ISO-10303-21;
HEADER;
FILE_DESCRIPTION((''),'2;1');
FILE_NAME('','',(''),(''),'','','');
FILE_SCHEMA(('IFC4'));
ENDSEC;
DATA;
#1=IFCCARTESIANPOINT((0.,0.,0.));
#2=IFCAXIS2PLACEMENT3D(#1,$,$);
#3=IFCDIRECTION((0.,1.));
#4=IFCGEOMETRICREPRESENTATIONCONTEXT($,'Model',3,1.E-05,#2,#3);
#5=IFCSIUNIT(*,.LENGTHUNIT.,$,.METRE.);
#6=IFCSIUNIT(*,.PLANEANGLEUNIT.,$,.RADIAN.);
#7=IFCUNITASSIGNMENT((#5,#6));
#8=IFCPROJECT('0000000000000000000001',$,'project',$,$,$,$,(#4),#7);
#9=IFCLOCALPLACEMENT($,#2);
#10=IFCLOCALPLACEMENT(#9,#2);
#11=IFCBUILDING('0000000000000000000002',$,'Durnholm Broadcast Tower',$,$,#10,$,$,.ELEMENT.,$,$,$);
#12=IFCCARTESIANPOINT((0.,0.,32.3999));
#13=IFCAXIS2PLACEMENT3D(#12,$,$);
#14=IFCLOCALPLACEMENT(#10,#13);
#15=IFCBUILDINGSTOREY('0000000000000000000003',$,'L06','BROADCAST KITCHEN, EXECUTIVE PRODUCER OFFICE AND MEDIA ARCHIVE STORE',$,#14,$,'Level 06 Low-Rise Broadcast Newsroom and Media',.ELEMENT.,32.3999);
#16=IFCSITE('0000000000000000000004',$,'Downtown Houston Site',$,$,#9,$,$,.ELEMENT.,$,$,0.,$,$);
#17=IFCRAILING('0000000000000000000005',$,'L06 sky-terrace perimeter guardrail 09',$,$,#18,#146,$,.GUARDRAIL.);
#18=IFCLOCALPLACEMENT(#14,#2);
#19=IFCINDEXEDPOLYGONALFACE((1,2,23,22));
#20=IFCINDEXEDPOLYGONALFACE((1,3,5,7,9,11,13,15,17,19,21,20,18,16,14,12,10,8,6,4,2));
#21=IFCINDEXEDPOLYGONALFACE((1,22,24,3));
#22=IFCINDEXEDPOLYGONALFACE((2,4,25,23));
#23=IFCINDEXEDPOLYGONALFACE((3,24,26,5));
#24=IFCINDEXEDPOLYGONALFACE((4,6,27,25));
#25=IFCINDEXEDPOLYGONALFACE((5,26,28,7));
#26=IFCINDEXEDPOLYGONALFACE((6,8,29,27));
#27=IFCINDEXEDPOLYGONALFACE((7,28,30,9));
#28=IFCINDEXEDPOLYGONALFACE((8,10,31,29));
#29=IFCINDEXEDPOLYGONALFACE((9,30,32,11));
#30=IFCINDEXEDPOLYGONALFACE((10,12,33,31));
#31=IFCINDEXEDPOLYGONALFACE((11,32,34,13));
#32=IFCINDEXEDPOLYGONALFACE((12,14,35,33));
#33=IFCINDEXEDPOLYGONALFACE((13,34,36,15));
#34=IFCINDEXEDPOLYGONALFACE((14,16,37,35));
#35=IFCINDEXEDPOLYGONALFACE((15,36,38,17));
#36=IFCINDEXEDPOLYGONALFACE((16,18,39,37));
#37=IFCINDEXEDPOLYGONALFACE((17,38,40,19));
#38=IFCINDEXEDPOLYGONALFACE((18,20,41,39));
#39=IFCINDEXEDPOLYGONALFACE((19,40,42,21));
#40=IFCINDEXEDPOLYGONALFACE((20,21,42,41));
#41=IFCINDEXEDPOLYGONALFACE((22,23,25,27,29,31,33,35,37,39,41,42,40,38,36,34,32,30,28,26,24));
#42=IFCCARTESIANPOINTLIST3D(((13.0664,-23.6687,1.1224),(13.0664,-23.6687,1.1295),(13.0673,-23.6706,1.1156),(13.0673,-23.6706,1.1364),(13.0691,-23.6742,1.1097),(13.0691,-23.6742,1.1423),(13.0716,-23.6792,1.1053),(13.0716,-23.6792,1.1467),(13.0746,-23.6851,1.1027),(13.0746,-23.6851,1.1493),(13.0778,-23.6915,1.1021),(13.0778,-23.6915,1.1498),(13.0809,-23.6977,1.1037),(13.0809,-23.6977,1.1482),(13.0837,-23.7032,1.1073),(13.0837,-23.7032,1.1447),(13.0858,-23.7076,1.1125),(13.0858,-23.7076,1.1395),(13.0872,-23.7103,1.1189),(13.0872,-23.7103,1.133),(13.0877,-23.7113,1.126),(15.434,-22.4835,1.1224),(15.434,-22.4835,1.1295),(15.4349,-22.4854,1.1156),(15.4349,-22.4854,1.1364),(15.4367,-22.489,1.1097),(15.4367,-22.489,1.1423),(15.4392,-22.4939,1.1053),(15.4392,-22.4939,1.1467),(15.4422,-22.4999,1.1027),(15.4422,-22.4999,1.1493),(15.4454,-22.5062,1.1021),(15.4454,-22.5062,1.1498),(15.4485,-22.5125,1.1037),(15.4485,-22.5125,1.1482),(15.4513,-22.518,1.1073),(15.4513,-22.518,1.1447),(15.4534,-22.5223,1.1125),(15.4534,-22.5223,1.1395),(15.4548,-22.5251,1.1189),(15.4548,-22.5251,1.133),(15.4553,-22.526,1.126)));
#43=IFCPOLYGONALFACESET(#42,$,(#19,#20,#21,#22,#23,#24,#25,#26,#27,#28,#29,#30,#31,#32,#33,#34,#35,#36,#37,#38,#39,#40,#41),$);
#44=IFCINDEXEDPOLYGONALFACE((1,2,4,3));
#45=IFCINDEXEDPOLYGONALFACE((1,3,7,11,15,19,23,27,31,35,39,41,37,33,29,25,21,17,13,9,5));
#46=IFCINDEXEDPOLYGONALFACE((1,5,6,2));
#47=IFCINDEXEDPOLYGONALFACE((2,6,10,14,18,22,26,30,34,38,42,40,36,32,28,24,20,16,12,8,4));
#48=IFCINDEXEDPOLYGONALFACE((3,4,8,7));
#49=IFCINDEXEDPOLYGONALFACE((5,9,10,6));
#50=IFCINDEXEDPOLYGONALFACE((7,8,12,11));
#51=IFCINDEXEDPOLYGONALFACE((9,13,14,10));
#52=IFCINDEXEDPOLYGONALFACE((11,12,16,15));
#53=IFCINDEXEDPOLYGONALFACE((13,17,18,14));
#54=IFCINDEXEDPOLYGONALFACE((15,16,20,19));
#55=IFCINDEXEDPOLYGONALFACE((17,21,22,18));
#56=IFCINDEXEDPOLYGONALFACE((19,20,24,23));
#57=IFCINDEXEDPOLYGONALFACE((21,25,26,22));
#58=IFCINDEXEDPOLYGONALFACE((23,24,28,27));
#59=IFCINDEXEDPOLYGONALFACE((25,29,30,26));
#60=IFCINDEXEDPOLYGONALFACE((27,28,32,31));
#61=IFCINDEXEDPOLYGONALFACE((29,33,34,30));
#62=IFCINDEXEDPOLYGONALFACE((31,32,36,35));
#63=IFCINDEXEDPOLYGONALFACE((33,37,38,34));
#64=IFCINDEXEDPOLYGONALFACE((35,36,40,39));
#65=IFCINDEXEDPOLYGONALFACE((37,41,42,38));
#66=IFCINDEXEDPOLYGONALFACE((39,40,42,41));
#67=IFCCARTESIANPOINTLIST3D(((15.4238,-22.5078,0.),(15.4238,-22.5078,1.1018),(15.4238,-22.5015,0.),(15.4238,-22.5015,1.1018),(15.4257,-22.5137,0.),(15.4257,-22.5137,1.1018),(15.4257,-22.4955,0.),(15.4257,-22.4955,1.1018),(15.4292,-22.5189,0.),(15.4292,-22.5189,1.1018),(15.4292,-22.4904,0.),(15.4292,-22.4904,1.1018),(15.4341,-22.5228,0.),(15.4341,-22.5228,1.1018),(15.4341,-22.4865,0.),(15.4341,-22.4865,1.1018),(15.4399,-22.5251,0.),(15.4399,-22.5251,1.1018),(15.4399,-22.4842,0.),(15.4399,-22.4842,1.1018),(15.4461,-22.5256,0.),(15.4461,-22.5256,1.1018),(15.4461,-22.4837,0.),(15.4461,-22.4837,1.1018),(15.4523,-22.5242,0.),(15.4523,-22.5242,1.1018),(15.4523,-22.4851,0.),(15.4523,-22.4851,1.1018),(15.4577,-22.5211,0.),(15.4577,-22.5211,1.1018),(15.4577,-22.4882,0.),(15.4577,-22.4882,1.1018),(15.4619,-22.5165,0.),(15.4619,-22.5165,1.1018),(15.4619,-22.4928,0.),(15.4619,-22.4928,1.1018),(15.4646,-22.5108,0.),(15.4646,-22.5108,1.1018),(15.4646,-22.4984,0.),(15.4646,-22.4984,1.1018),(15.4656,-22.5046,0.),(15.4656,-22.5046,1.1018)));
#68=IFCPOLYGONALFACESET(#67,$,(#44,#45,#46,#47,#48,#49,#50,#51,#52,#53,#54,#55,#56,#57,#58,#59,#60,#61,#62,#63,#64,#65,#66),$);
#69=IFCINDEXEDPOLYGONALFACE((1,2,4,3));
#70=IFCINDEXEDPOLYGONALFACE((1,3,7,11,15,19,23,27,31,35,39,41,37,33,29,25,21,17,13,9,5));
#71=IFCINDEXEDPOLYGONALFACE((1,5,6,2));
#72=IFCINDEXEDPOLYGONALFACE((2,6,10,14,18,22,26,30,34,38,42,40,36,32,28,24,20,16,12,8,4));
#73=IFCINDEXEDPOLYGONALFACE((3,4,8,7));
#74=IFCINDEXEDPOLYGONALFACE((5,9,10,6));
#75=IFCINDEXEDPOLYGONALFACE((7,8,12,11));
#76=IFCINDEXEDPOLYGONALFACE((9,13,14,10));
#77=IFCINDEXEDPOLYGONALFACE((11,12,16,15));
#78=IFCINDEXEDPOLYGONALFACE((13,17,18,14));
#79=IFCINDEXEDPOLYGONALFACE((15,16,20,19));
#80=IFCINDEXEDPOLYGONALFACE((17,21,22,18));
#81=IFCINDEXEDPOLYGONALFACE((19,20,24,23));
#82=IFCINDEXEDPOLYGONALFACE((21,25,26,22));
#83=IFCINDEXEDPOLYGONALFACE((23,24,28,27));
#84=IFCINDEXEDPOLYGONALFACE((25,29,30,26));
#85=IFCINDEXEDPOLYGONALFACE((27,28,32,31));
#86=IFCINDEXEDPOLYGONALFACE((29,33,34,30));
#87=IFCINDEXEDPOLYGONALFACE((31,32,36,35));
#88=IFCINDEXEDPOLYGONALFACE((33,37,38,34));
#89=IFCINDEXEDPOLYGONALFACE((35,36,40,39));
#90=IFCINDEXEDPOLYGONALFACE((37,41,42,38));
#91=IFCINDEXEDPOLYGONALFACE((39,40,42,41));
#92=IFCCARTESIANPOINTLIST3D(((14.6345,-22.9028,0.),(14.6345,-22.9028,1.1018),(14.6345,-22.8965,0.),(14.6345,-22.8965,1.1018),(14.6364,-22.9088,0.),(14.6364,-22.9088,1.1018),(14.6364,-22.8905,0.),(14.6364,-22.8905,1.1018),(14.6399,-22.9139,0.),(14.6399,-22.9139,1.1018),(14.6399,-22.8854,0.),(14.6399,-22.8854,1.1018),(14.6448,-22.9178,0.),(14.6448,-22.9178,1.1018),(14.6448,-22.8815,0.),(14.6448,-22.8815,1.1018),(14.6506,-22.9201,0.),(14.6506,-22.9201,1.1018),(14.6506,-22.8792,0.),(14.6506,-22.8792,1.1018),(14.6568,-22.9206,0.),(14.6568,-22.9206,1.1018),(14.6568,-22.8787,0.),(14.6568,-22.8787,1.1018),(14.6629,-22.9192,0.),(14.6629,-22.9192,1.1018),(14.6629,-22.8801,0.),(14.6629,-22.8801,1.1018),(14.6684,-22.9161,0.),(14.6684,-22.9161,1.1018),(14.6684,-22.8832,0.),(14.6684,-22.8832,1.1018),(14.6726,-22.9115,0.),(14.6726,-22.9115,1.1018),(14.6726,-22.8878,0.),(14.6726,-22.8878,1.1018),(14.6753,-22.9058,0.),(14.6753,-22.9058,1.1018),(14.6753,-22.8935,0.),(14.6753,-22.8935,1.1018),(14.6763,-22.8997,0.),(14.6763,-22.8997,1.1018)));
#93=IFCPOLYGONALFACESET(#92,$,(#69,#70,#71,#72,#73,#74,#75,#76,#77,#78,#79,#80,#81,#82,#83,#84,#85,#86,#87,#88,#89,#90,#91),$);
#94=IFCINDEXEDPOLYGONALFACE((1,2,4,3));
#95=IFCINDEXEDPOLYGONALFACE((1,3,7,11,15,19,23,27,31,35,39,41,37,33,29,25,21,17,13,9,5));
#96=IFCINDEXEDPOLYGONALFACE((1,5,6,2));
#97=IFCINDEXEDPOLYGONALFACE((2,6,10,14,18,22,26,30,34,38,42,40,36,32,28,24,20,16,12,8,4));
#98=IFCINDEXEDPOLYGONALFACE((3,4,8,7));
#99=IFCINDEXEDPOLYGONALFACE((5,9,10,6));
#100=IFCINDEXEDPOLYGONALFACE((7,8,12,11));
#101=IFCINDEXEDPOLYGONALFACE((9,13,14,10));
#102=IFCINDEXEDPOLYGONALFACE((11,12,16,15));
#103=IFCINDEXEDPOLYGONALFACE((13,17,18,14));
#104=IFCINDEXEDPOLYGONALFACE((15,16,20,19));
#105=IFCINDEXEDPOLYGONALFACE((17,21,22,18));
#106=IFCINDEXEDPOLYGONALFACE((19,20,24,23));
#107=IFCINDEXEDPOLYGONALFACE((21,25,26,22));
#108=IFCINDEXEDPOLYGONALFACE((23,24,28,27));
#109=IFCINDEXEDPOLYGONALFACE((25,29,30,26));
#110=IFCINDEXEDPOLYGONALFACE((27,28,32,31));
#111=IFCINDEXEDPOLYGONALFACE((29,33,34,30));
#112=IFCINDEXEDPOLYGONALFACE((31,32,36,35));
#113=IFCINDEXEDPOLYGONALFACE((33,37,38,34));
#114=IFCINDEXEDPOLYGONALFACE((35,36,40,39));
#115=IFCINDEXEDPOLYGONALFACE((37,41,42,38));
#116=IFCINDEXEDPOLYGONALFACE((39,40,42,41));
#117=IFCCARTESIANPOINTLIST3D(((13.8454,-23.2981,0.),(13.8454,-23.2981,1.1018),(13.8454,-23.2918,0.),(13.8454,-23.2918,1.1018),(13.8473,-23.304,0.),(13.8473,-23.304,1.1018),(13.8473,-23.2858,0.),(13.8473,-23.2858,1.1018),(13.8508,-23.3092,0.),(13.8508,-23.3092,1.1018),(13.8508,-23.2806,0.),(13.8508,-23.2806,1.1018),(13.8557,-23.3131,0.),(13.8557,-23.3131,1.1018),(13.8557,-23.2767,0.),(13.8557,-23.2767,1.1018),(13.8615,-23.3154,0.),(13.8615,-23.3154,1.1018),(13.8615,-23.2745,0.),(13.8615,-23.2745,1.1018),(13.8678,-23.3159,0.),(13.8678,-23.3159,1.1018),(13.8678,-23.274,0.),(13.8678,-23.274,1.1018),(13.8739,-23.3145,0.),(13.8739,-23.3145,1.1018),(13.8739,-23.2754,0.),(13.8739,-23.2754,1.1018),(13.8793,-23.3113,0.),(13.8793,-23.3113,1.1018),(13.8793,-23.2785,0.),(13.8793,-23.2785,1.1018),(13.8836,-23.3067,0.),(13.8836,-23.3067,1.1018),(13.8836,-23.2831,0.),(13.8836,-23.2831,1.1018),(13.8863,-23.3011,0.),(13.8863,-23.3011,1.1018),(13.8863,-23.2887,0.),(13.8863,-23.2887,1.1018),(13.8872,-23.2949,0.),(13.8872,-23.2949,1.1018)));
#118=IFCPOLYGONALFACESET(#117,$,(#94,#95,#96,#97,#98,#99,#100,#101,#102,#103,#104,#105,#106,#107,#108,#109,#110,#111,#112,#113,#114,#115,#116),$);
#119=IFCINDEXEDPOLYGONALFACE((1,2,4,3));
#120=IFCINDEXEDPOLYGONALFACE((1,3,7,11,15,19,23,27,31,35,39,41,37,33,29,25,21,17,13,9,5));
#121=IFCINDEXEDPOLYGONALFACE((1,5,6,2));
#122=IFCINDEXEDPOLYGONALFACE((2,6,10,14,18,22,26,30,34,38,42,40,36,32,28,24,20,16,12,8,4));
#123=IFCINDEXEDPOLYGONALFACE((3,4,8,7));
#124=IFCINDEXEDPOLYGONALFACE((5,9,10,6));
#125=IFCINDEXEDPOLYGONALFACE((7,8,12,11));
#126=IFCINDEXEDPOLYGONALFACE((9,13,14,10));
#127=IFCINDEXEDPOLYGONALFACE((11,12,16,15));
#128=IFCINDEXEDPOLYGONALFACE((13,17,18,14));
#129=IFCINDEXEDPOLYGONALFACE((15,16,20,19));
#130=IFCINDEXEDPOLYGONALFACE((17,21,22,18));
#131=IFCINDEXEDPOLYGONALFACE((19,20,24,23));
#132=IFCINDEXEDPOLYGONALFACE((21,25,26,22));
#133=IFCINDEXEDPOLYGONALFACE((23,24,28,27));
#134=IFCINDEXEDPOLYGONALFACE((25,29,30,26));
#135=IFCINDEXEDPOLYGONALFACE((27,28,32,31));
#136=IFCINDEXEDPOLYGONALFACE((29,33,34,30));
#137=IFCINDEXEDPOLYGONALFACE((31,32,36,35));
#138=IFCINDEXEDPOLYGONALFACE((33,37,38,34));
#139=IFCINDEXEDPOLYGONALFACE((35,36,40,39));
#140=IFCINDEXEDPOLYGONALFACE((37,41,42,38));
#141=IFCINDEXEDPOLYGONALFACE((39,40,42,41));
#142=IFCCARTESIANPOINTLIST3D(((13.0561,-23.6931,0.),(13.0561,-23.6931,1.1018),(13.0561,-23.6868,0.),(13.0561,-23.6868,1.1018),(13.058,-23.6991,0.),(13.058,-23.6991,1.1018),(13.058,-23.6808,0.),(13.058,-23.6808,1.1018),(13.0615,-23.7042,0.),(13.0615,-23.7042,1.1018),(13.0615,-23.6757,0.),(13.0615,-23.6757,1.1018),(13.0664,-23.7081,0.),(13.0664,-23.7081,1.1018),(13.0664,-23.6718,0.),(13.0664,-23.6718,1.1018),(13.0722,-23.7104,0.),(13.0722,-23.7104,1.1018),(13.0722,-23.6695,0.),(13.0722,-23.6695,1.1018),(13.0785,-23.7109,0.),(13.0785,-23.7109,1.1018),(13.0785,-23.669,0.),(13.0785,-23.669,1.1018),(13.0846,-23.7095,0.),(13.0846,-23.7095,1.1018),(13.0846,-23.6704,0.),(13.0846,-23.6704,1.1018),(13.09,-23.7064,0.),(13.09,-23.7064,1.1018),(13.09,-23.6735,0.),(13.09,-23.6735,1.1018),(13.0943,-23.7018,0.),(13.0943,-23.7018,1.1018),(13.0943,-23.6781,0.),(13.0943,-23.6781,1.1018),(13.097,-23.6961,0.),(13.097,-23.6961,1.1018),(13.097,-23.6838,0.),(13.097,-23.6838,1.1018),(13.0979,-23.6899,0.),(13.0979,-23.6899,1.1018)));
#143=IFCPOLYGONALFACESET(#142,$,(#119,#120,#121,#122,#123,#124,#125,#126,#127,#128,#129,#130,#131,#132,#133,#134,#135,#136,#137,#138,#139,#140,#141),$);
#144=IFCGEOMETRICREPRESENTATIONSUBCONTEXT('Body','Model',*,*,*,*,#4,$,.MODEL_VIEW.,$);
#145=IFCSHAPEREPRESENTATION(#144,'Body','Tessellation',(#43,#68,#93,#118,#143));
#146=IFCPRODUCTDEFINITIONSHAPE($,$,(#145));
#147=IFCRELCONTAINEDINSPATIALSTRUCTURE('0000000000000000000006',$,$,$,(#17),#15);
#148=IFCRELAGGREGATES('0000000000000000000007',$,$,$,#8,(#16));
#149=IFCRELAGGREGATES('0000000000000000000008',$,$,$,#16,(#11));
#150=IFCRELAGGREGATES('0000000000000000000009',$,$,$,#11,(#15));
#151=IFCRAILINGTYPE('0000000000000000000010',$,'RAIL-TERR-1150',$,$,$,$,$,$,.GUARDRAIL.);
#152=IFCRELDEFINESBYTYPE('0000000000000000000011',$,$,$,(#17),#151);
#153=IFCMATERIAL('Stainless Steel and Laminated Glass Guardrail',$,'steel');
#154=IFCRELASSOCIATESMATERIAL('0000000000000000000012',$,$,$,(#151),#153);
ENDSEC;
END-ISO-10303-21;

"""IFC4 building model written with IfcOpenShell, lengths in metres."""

from ifc_helpers import new_model, si_unit, direction, frame, origin, origin_2d, place, context, subcontext, project, spatial, circle, extrude, material, type_object, element, save


model = new_model("IFC4")

# Units and contexts
model_context = context("Model", 3, precision=1e-05, world=origin(), true_north=direction((0.0, 1.0)))
body_context = subcontext(model_context, "Body", "Model", "MODEL_VIEW")
ifc_project = project(units=[si_unit("LENGTHUNIT", "METRE"), si_unit("PLANEANGLEUNIT", "RADIAN")], contexts=[model_context])

# Site, building, storey
site_placement = place(None, origin())
site = spatial("IfcSite", under=ifc_project, at=site_placement, Name="Downtown Houston Site", CompositionType="ELEMENT", RefElevation=0.0)
building_placement = place(site_placement, origin())
building = spatial("IfcBuilding", under=site, at=building_placement, Name="Durnholm Broadcast Tower", CompositionType="ELEMENT")
storey_placement = place(building_placement, frame((0.0, 0.0, 32.3999)))
storey = spatial("IfcBuildingStorey", under=building, at=storey_placement, Name="L06", Description="BROADCAST KITCHEN, EXECUTIVE PRODUCER OFFICE AND MEDIA ARCHIVE STORE", LongName="Level 06 Low-Rise Broadcast Newsroom and Media", CompositionType="ELEMENT", Elevation=32.3999)

# Railing
ifc_material_1 = material(Name="Stainless Steel and Laminated Glass Guardrail", Category="steel")
railing_type = type_object("IfcRailingType", Name="RAIL-TERR-1150", PredefinedType="GUARDRAIL", material=ifc_material_1)
railing_1_placement = place(storey_placement, frame((15.4446, -22.5046, 0.0)))
element("IfcRailing", 1, at=railing_1_placement, inside=storey, type_object=railing_type, Name="L06 sky-terrace perimeter guardrail 09", PredefinedType="GUARDRAIL", context=body_context, shape_type="SweptSolid", body=[
    extrude(circle(Radius=0.0239, at=origin_2d()), frame((0.0, 0.0, 1.126), z_axis=(-0.894206, -0.447656, 0.0), x_axis=(0.447656, -0.894206, 0.0)), (0.0, 0.0, 1.0), 2.6477),
    extrude(circle(Radius=0.021, at=origin_2d()), origin(), (0.0, 0.0, 1.0), 1.1018),
    extrude(circle(Radius=0.021, at=origin_2d()), frame((-0.7893, -0.395, 0.0)), (0.0, 0.0, 1.0), 1.1018),
    extrude(circle(Radius=0.021, at=origin_2d()), frame((-1.5784, -0.7903, 0.0)), (0.0, 0.0, 1.0), 1.1018),
    extrude(circle(Radius=0.021, at=origin_2d()), frame((-2.3677, -1.1853, 0.0)), (0.0, 0.0, 1.0), 1.1018),
])

save(model, "model.ifc")
